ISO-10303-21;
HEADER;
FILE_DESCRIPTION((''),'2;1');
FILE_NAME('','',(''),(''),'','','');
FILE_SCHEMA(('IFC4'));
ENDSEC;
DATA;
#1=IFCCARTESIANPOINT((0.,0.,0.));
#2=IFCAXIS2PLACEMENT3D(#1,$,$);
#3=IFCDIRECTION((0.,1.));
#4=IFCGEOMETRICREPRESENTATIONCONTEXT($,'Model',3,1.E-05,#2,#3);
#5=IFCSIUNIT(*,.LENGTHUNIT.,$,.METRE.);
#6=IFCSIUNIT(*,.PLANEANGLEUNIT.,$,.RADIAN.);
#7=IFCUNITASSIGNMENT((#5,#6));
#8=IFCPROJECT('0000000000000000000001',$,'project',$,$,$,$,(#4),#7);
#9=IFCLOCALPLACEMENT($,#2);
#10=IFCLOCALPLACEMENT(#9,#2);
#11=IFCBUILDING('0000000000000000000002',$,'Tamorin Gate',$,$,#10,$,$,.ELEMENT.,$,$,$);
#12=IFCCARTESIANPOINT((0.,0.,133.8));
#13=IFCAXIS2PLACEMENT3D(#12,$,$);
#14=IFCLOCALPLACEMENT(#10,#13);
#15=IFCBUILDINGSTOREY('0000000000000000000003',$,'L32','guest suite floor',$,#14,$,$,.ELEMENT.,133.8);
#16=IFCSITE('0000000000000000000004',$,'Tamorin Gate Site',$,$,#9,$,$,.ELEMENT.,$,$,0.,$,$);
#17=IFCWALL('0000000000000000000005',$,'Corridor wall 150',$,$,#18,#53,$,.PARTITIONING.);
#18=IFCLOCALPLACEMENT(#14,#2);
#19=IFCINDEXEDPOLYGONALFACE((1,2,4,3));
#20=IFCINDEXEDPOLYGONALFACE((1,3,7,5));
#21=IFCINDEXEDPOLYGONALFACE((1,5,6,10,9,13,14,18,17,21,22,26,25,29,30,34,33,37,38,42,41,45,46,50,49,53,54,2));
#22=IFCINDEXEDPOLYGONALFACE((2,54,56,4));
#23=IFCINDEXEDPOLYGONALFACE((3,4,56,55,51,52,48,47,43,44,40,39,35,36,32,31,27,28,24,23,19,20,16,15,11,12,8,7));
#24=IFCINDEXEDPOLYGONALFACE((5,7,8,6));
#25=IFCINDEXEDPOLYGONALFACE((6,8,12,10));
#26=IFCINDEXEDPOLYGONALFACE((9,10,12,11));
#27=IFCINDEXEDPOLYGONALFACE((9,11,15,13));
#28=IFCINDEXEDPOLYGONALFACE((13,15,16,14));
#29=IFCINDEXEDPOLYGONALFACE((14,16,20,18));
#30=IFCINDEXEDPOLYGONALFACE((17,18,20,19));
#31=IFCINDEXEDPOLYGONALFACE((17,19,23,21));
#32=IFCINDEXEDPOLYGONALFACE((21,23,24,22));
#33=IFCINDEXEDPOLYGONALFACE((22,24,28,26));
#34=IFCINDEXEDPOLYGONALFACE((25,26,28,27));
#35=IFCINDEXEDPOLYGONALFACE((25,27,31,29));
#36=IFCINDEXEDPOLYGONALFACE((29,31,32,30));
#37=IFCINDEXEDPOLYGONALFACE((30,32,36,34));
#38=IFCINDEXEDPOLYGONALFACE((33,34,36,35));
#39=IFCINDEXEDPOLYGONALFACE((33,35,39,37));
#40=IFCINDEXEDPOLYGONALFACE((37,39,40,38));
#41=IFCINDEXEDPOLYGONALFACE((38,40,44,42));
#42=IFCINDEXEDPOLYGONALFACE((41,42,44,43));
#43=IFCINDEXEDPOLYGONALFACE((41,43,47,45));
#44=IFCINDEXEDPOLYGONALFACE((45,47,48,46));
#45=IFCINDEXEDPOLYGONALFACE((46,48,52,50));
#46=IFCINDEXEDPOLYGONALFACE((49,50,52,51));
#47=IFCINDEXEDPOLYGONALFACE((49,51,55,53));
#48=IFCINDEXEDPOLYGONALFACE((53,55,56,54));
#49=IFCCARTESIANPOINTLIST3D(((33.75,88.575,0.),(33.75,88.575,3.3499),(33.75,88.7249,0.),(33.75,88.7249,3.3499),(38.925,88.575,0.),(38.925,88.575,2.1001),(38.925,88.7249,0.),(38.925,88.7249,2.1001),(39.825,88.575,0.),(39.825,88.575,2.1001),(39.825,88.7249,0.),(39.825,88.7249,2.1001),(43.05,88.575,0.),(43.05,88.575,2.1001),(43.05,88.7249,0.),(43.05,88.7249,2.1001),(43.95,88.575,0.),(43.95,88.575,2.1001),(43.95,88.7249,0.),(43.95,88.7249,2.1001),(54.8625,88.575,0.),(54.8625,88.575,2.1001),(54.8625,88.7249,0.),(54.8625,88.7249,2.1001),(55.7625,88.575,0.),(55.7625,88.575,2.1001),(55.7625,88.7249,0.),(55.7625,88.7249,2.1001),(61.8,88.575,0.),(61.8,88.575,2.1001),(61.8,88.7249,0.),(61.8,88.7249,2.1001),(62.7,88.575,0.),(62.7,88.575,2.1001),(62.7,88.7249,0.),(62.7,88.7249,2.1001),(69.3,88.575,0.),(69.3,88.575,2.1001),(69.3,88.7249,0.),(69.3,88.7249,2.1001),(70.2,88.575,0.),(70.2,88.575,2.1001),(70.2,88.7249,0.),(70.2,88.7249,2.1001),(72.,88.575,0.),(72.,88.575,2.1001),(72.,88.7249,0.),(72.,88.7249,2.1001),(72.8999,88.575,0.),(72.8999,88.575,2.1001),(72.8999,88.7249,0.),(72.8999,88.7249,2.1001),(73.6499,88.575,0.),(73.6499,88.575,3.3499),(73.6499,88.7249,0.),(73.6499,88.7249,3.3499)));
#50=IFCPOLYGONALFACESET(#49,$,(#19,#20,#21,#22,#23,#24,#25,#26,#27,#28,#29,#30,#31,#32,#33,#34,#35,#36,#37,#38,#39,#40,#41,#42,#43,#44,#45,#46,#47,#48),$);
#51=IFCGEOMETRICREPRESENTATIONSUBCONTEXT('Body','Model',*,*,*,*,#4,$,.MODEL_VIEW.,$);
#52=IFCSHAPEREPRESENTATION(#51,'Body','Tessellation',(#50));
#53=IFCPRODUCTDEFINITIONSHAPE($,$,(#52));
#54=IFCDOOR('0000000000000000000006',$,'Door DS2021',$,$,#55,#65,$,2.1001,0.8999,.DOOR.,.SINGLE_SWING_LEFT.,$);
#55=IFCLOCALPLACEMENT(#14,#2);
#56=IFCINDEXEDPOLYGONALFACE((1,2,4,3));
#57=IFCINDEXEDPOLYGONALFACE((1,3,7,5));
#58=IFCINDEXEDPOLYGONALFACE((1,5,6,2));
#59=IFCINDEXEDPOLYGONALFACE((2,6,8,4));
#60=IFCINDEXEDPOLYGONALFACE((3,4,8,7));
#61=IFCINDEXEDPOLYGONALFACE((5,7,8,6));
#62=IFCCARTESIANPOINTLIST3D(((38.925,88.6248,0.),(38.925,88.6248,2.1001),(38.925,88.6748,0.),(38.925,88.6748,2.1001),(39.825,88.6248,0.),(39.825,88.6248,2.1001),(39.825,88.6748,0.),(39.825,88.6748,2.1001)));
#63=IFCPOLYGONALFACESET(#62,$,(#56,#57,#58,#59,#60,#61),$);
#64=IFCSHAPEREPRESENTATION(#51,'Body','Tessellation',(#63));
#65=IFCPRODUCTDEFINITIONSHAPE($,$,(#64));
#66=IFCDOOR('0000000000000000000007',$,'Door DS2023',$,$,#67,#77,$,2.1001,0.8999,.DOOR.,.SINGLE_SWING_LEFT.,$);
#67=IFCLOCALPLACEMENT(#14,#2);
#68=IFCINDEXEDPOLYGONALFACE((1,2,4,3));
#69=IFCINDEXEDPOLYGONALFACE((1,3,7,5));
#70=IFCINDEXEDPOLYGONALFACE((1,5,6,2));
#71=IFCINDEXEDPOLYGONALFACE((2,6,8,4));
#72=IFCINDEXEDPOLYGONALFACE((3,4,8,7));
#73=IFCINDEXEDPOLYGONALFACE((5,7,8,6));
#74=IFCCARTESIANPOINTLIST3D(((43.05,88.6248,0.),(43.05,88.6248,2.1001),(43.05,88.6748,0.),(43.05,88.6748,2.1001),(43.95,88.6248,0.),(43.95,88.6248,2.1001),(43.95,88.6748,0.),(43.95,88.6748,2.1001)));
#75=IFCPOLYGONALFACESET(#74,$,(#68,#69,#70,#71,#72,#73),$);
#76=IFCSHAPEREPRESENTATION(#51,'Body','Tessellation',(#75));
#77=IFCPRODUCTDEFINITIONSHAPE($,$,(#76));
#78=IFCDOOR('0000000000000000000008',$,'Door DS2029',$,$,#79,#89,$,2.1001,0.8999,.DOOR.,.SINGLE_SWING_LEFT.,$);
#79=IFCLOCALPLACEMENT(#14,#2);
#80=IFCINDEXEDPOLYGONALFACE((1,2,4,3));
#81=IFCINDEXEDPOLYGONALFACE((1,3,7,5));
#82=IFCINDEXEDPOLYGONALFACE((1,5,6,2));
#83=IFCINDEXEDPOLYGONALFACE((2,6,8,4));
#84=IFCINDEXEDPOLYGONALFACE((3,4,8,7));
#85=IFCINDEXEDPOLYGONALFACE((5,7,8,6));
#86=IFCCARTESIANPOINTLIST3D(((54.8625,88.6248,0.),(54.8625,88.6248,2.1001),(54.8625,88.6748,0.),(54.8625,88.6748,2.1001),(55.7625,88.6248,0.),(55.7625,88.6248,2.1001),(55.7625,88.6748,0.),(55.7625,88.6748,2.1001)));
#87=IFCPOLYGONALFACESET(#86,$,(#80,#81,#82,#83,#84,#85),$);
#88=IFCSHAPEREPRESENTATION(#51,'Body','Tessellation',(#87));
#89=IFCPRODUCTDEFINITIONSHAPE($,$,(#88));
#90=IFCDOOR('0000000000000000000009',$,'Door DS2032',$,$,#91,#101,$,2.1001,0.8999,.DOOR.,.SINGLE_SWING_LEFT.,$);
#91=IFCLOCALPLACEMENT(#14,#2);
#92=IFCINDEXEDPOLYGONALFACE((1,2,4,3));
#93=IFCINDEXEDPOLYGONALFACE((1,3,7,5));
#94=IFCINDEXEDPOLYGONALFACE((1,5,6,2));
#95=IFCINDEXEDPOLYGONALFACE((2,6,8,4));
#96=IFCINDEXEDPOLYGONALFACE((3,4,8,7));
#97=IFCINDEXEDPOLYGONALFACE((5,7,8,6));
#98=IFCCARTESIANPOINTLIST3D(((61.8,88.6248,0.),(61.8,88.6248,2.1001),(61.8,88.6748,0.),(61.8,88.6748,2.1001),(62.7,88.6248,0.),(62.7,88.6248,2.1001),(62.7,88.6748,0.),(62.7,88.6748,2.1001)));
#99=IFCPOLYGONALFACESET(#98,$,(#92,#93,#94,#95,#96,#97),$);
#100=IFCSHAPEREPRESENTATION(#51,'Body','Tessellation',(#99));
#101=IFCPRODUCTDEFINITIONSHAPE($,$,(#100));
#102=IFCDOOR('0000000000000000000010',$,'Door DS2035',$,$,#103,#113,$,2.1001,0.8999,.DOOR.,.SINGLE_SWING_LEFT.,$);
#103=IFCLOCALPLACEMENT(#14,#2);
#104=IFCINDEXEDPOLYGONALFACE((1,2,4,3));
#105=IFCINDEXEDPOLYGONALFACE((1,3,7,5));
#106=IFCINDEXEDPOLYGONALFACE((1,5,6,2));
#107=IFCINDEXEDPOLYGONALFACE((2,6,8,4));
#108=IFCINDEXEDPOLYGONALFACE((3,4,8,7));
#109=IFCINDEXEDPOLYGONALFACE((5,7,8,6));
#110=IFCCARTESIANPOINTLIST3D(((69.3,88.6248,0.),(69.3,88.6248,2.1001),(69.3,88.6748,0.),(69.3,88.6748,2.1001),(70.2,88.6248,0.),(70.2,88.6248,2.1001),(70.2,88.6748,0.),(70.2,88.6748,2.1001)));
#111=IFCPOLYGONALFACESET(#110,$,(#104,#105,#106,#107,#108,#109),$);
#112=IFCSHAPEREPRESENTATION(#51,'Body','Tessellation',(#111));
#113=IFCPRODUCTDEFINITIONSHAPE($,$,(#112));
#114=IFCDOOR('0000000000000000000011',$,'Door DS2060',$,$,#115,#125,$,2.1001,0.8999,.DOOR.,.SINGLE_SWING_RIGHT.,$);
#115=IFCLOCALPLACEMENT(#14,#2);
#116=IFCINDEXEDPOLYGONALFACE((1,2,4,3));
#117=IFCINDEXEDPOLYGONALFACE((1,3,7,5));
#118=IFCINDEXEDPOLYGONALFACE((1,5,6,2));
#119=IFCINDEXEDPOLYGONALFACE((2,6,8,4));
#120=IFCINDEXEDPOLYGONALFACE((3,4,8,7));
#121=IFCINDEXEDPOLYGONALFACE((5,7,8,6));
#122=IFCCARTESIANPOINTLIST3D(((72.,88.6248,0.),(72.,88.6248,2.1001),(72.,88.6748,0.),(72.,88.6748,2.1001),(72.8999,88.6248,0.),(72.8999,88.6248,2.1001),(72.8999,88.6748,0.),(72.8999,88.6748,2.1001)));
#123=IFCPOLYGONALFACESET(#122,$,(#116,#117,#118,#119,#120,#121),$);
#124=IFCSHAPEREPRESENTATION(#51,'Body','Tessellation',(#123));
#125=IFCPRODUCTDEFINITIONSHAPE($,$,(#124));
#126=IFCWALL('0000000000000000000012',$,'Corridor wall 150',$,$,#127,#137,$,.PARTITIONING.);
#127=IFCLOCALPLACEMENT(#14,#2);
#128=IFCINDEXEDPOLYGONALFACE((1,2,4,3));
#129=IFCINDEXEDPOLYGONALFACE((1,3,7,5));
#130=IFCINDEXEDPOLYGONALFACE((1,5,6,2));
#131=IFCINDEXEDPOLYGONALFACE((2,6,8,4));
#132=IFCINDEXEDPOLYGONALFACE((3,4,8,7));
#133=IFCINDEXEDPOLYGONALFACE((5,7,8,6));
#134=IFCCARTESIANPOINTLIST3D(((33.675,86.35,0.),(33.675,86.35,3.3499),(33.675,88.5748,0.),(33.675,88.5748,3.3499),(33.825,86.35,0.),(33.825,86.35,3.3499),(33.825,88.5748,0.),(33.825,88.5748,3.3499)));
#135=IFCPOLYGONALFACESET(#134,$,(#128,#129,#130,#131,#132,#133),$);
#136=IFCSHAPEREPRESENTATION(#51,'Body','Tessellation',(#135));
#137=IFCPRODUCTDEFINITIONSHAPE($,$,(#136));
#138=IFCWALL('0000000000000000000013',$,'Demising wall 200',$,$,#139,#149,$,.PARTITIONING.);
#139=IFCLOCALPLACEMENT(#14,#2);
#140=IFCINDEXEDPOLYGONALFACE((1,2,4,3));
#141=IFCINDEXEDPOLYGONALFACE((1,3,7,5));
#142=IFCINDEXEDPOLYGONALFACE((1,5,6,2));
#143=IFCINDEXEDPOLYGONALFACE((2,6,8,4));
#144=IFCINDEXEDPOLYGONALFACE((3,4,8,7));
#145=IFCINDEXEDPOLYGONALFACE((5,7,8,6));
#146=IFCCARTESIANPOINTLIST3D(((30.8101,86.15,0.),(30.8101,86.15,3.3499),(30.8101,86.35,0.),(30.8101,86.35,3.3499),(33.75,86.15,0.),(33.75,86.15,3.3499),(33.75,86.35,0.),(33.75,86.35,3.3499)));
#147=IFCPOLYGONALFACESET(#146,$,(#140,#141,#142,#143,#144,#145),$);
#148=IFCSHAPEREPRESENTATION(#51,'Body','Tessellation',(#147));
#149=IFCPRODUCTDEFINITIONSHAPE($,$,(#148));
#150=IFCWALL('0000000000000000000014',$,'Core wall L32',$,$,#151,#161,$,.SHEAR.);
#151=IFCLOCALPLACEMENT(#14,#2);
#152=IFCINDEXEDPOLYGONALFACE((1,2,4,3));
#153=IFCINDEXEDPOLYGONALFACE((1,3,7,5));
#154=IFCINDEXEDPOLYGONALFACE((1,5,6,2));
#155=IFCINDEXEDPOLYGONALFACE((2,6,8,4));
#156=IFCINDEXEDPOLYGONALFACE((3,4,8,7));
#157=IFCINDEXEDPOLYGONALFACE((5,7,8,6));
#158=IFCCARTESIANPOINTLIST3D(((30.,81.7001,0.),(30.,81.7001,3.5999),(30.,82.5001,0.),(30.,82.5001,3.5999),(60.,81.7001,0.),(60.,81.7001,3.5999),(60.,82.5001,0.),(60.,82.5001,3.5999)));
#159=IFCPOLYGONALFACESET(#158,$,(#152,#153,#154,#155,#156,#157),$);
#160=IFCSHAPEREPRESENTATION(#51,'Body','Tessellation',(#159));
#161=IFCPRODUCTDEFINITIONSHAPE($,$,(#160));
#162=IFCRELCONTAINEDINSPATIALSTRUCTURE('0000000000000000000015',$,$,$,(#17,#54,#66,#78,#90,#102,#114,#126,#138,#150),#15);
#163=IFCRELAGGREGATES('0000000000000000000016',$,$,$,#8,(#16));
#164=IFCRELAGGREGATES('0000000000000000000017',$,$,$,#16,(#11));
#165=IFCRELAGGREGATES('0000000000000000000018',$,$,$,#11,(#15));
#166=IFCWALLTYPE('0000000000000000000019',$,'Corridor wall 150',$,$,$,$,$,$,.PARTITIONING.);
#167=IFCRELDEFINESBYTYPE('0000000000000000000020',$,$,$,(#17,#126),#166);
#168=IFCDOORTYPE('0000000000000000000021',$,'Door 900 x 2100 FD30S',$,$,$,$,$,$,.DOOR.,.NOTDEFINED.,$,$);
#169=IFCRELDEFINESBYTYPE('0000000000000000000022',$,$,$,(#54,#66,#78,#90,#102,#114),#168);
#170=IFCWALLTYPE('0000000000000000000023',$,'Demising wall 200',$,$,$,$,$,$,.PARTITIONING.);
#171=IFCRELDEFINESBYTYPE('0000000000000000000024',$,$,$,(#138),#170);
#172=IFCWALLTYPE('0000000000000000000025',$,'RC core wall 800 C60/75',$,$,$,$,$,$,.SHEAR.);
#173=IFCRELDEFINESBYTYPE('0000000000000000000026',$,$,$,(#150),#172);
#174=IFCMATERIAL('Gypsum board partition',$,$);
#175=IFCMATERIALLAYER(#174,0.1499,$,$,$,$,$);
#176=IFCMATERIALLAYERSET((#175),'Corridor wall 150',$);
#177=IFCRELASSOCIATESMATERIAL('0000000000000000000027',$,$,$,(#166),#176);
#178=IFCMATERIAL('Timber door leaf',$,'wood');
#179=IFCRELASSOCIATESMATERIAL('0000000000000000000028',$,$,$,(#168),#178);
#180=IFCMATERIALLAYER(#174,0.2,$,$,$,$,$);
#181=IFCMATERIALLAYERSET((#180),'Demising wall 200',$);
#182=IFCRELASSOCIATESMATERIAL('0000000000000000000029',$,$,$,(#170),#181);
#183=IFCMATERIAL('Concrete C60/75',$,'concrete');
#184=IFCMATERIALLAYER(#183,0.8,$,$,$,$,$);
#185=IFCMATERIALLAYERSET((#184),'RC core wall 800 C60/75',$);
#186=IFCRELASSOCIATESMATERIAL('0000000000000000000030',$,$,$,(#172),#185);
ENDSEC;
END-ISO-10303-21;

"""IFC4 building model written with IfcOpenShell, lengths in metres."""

from ifc_helpers import new_model, si_unit, direction, frame, frame_2d, origin, place, context, subcontext, project, spatial, rectangle, extrude, material, layer, layer_set, type_object, element, fill, save


model = new_model("IFC4")

# Units and contexts
model_context = context("Model", 3, precision=1e-05, world=origin(), true_north=direction((0.0, 1.0)))
body_context = subcontext(model_context, "Body", "Model", "MODEL_VIEW")
ifc_project = project(units=[si_unit("LENGTHUNIT", "METRE"), si_unit("PLANEANGLEUNIT", "RADIAN")], contexts=[model_context])

# Site, building, storey
site_placement = place(None, origin())
site = spatial("IfcSite", under=ifc_project, at=site_placement, Name="Tamorin Gate Site", CompositionType="ELEMENT", RefElevation=0.0)
building_placement = place(site_placement, origin())
building = spatial("IfcBuilding", under=site, at=building_placement, Name="Tamorin Gate", CompositionType="ELEMENT")
storey_placement = place(building_placement, frame((0.0, 0.0, 133.8)))
storey = spatial("IfcBuildingStorey", under=building, at=storey_placement, Name="L32", Description="guest suite floor", CompositionType="ELEMENT", Elevation=133.8)

# Shared definitions
ifc_material_1 = material(Name="Gypsum board partition")
ifc_layer_1 = layer(ifc_material_1, 0.1499)
ifc_layer_set_1 = layer_set([ifc_layer_1], Name="Corridor wall 150")
wall_type_1 = type_object("IfcWallType", Name="Corridor wall 150", PredefinedType="PARTITIONING", material=ifc_layer_set_1)
ifc_material_2 = material(Name="Timber door leaf", Category="wood")
door_type_1 = type_object("IfcDoorType", Name="Door 900 x 2100 FD30S", OperationType="NOTDEFINED", PredefinedType="DOOR", material=ifc_material_2)

# Wall, openings, doors
wall_1_placement = place(storey_placement, frame((33.75, 88.6499, 0.0), z_axis=(0.0, 0.0, 1.0), x_axis=(1.0, 0.0, 0.0)))
wall_1 = element("IfcWall", 1, at=wall_1_placement, inside=storey, type_object=wall_type_1, Name="Corridor wall 150", PredefinedType="PARTITIONING", context=body_context, shape_type="SweptSolid", body=[
    extrude(rectangle(XDim=39.8999, YDim=0.1499, at=frame_2d((19.95, 0.0))), origin(), (0.0, 0.0, 1.0), 3.3499),
])
opening_1_placement = place(wall_1_placement, frame((5.175, 0.0, 0.0)))
opening_1 = element("IfcOpeningElement", 2, at=opening_1_placement, cuts=wall_1, PredefinedType="OPENING", context=body_context, shape_type="SweptSolid", body=[
    extrude(rectangle(XDim=0.8999, YDim=2.1001, at=frame_2d((0.45, 1.05))), frame((0.0, 0.085, 0.0), z_axis=(0.0, -1.0, 0.0), x_axis=(1.0, 0.0, 0.0)), (0.0, 0.0, 1.0), 0.1699),
])
opening_2_placement = place(wall_1_placement, frame((9.3, 0.0, 0.0)))
opening_2 = element("IfcOpeningElement", 3, at=opening_2_placement, cuts=wall_1, PredefinedType="OPENING", context=body_context, shape_type="SweptSolid", body=[
    extrude(rectangle(XDim=0.8999, YDim=2.1001, at=frame_2d((0.45, 1.05))), frame((0.0, 0.085, 0.0), z_axis=(0.0, -1.0, 0.0), x_axis=(1.0, 0.0, 0.0)), (0.0, 0.0, 1.0), 0.1699),
])
opening_3_placement = place(wall_1_placement, frame((21.1125, 0.0, 0.0)))
opening_3 = element("IfcOpeningElement", 4, at=opening_3_placement, cuts=wall_1, PredefinedType="OPENING", context=body_context, shape_type="SweptSolid", body=[
    extrude(rectangle(XDim=0.8999, YDim=2.1001, at=frame_2d((0.45, 1.05))), frame((0.0, 0.085, 0.0), z_axis=(0.0, -1.0, 0.0), x_axis=(1.0, 0.0, 0.0)), (0.0, 0.0, 1.0), 0.1699),
])
opening_4_placement = place(wall_1_placement, frame((28.05, 0.0, 0.0)))
opening_4 = element("IfcOpeningElement", 5, at=opening_4_placement, cuts=wall_1, PredefinedType="OPENING", context=body_context, shape_type="SweptSolid", body=[
    extrude(rectangle(XDim=0.8999, YDim=2.1001, at=frame_2d((0.45, 1.05))), frame((0.0, 0.085, 0.0), z_axis=(0.0, -1.0, 0.0), x_axis=(1.0, 0.0, 0.0)), (0.0, 0.0, 1.0), 0.1699),
])
opening_5_placement = place(wall_1_placement, frame((35.55, 0.0, 0.0)))
opening_5 = element("IfcOpeningElement", 6, at=opening_5_placement, cuts=wall_1, PredefinedType="OPENING", context=body_context, shape_type="SweptSolid", body=[
    extrude(rectangle(XDim=0.8999, YDim=2.1001, at=frame_2d((0.45, 1.05))), frame((0.0, 0.085, 0.0), z_axis=(0.0, -1.0, 0.0), x_axis=(1.0, 0.0, 0.0)), (0.0, 0.0, 1.0), 0.1699),
])
opening_6_placement = place(wall_1_placement, frame((38.25, 0.0, 0.0)))
opening_6 = element("IfcOpeningElement", 7, at=opening_6_placement, cuts=wall_1, PredefinedType="OPENING", context=body_context, shape_type="SweptSolid", body=[
    extrude(rectangle(XDim=0.8999, YDim=2.1001, at=frame_2d((0.45, 1.05))), frame((0.0, 0.085, 0.0), z_axis=(0.0, -1.0, 0.0), x_axis=(1.0, 0.0, 0.0)), (0.0, 0.0, 1.0), 0.1699),
])
door_1_placement = place(opening_1_placement, origin())
door_1 = element("IfcDoor", 8, at=door_1_placement, inside=storey, type_object=door_type_1, Name="Door DS2021", OperationType="SINGLE_SWING_LEFT", OverallHeight=2.1001, OverallWidth=0.8999, PredefinedType="DOOR", context=body_context, shape_type="SweptSolid", body=[
    extrude(rectangle(XDim=0.8999, YDim=2.1001, at=frame_2d((0.45, 1.05))), frame((0.0, 0.0249, 0.0), z_axis=(0.0, -1.0, 0.0), x_axis=(1.0, 0.0, 0.0)), (0.0, 0.0, 1.0), 0.05),
])
fill(opening_1, door_1)
door_2_placement = place(opening_2_placement, origin())
door_2 = element("IfcDoor", 9, at=door_2_placement, inside=storey, type_object=door_type_1, Name="Door DS2023", OperationType="SINGLE_SWING_LEFT", OverallHeight=2.1001, OverallWidth=0.8999, PredefinedType="DOOR", context=body_context, shape_type="SweptSolid", body=[
    extrude(rectangle(XDim=0.8999, YDim=2.1001, at=frame_2d((0.45, 1.05))), frame((0.0, 0.0249, 0.0), z_axis=(0.0, -1.0, 0.0), x_axis=(1.0, 0.0, 0.0)), (0.0, 0.0, 1.0), 0.05),
])
fill(opening_2, door_2)
door_3_placement = place(opening_3_placement, origin())
door_3 = element("IfcDoor", 10, at=door_3_placement, inside=storey, type_object=door_type_1, Name="Door DS2029", OperationType="SINGLE_SWING_LEFT", OverallHeight=2.1001, OverallWidth=0.8999, PredefinedType="DOOR", context=body_context, shape_type="SweptSolid", body=[
    extrude(rectangle(XDim=0.8999, YDim=2.1001, at=frame_2d((0.45, 1.05))), frame((0.0, 0.0249, 0.0), z_axis=(0.0, -1.0, 0.0), x_axis=(1.0, 0.0, 0.0)), (0.0, 0.0, 1.0), 0.05),
])
fill(opening_3, door_3)
door_4_placement = place(opening_4_placement, origin())
door_4 = element("IfcDoor", 11, at=door_4_placement, inside=storey, type_object=door_type_1, Name="Door DS2032", OperationType="SINGLE_SWING_LEFT", OverallHeight=2.1001, OverallWidth=0.8999, PredefinedType="DOOR", context=body_context, shape_type="SweptSolid", body=[
    extrude(rectangle(XDim=0.8999, YDim=2.1001, at=frame_2d((0.45, 1.05))), frame((0.0, 0.0249, 0.0), z_axis=(0.0, -1.0, 0.0), x_axis=(1.0, 0.0, 0.0)), (0.0, 0.0, 1.0), 0.05),
])
fill(opening_4, door_4)
door_5_placement = place(opening_5_placement, origin())
door_5 = element("IfcDoor", 12, at=door_5_placement, inside=storey, type_object=door_type_1, Name="Door DS2035", OperationType="SINGLE_SWING_LEFT", OverallHeight=2.1001, OverallWidth=0.8999, PredefinedType="DOOR", context=body_context, shape_type="SweptSolid", body=[
    extrude(rectangle(XDim=0.8999, YDim=2.1001, at=frame_2d((0.45, 1.05))), frame((0.0, 0.0249, 0.0), z_axis=(0.0, -1.0, 0.0), x_axis=(1.0, 0.0, 0.0)), (0.0, 0.0, 1.0), 0.05),
])
fill(opening_5, door_5)
door_6_placement = place(opening_6_placement, origin())
door_6 = element("IfcDoor", 13, at=door_6_placement, inside=storey, type_object=door_type_1, Name="Door DS2060", OperationType="SINGLE_SWING_RIGHT", OverallHeight=2.1001, OverallWidth=0.8999, PredefinedType="DOOR", context=body_context, shape_type="SweptSolid", body=[
    extrude(rectangle(XDim=0.8999, YDim=2.1001, at=frame_2d((0.45, 1.05))), frame((0.0, 0.0249, 0.0), z_axis=(0.0, -1.0, 0.0), x_axis=(1.0, 0.0, 0.0)), (0.0, 0.0, 1.0), 0.05),
])
fill(opening_6, door_6)

# Walls
wall_2_placement = place(storey_placement, frame((33.75, 86.3501, 0.0), z_axis=(0.0, 0.0, 1.0), x_axis=(0.0, 1.0, 0.0)))
element("IfcWall", 14, at=wall_2_placement, inside=storey, type_object=wall_type_1, Name="Corridor wall 150", PredefinedType="PARTITIONING", context=body_context, shape_type="SweptSolid", body=[
    extrude(rectangle(XDim=2.2249, YDim=0.1499, at=frame_2d((1.1123, 0.0))), origin(), (0.0, 0.0, 1.0), 3.3499),
])
ifc_layer_2 = layer(ifc_material_1, 0.2)
ifc_layer_set_2 = layer_set([ifc_layer_2], Name="Demising wall 200")
wall_type_2 = type_object("IfcWallType", Name="Demising wall 200", PredefinedType="PARTITIONING", material=ifc_layer_set_2)
wall_3_placement = place(storey_placement, frame((30.8101, 86.25, 0.0), z_axis=(0.0, 0.0, 1.0), x_axis=(1.0, 0.0, 0.0)))
element("IfcWall", 15, at=wall_3_placement, inside=storey, type_object=wall_type_2, Name="Demising wall 200", PredefinedType="PARTITIONING", context=body_context, shape_type="SweptSolid", body=[
    extrude(rectangle(XDim=2.9399, YDim=0.2, at=frame_2d((1.47, 0.0))), origin(), (0.0, 0.0, 1.0), 3.3499),
])
ifc_material_3 = material(Name="Concrete C60/75", Category="concrete")
ifc_layer_3 = layer(ifc_material_3, 0.8)
ifc_layer_set_3 = layer_set([ifc_layer_3], Name="RC core wall 800 C60/75")
wall_type_3 = type_object("IfcWallType", Name="RC core wall 800 C60/75", PredefinedType="SHEAR", material=ifc_layer_set_3)
wall_4_placement = place(storey_placement, frame((30.0, 82.1001, 0.0), z_axis=(0.0, 0.0, 1.0), x_axis=(1.0, 0.0, 0.0)))
element("IfcWall", 16, at=wall_4_placement, inside=storey, type_object=wall_type_3, Name="Core wall L32", PredefinedType="SHEAR", context=body_context, shape_type="SweptSolid", body=[
    extrude(rectangle(XDim=30.0, YDim=0.8, at=frame_2d((15.0, 0.0))), origin(), (0.0, 0.0, 1.0), 3.5999),
])

save(model, "model.ifc")
